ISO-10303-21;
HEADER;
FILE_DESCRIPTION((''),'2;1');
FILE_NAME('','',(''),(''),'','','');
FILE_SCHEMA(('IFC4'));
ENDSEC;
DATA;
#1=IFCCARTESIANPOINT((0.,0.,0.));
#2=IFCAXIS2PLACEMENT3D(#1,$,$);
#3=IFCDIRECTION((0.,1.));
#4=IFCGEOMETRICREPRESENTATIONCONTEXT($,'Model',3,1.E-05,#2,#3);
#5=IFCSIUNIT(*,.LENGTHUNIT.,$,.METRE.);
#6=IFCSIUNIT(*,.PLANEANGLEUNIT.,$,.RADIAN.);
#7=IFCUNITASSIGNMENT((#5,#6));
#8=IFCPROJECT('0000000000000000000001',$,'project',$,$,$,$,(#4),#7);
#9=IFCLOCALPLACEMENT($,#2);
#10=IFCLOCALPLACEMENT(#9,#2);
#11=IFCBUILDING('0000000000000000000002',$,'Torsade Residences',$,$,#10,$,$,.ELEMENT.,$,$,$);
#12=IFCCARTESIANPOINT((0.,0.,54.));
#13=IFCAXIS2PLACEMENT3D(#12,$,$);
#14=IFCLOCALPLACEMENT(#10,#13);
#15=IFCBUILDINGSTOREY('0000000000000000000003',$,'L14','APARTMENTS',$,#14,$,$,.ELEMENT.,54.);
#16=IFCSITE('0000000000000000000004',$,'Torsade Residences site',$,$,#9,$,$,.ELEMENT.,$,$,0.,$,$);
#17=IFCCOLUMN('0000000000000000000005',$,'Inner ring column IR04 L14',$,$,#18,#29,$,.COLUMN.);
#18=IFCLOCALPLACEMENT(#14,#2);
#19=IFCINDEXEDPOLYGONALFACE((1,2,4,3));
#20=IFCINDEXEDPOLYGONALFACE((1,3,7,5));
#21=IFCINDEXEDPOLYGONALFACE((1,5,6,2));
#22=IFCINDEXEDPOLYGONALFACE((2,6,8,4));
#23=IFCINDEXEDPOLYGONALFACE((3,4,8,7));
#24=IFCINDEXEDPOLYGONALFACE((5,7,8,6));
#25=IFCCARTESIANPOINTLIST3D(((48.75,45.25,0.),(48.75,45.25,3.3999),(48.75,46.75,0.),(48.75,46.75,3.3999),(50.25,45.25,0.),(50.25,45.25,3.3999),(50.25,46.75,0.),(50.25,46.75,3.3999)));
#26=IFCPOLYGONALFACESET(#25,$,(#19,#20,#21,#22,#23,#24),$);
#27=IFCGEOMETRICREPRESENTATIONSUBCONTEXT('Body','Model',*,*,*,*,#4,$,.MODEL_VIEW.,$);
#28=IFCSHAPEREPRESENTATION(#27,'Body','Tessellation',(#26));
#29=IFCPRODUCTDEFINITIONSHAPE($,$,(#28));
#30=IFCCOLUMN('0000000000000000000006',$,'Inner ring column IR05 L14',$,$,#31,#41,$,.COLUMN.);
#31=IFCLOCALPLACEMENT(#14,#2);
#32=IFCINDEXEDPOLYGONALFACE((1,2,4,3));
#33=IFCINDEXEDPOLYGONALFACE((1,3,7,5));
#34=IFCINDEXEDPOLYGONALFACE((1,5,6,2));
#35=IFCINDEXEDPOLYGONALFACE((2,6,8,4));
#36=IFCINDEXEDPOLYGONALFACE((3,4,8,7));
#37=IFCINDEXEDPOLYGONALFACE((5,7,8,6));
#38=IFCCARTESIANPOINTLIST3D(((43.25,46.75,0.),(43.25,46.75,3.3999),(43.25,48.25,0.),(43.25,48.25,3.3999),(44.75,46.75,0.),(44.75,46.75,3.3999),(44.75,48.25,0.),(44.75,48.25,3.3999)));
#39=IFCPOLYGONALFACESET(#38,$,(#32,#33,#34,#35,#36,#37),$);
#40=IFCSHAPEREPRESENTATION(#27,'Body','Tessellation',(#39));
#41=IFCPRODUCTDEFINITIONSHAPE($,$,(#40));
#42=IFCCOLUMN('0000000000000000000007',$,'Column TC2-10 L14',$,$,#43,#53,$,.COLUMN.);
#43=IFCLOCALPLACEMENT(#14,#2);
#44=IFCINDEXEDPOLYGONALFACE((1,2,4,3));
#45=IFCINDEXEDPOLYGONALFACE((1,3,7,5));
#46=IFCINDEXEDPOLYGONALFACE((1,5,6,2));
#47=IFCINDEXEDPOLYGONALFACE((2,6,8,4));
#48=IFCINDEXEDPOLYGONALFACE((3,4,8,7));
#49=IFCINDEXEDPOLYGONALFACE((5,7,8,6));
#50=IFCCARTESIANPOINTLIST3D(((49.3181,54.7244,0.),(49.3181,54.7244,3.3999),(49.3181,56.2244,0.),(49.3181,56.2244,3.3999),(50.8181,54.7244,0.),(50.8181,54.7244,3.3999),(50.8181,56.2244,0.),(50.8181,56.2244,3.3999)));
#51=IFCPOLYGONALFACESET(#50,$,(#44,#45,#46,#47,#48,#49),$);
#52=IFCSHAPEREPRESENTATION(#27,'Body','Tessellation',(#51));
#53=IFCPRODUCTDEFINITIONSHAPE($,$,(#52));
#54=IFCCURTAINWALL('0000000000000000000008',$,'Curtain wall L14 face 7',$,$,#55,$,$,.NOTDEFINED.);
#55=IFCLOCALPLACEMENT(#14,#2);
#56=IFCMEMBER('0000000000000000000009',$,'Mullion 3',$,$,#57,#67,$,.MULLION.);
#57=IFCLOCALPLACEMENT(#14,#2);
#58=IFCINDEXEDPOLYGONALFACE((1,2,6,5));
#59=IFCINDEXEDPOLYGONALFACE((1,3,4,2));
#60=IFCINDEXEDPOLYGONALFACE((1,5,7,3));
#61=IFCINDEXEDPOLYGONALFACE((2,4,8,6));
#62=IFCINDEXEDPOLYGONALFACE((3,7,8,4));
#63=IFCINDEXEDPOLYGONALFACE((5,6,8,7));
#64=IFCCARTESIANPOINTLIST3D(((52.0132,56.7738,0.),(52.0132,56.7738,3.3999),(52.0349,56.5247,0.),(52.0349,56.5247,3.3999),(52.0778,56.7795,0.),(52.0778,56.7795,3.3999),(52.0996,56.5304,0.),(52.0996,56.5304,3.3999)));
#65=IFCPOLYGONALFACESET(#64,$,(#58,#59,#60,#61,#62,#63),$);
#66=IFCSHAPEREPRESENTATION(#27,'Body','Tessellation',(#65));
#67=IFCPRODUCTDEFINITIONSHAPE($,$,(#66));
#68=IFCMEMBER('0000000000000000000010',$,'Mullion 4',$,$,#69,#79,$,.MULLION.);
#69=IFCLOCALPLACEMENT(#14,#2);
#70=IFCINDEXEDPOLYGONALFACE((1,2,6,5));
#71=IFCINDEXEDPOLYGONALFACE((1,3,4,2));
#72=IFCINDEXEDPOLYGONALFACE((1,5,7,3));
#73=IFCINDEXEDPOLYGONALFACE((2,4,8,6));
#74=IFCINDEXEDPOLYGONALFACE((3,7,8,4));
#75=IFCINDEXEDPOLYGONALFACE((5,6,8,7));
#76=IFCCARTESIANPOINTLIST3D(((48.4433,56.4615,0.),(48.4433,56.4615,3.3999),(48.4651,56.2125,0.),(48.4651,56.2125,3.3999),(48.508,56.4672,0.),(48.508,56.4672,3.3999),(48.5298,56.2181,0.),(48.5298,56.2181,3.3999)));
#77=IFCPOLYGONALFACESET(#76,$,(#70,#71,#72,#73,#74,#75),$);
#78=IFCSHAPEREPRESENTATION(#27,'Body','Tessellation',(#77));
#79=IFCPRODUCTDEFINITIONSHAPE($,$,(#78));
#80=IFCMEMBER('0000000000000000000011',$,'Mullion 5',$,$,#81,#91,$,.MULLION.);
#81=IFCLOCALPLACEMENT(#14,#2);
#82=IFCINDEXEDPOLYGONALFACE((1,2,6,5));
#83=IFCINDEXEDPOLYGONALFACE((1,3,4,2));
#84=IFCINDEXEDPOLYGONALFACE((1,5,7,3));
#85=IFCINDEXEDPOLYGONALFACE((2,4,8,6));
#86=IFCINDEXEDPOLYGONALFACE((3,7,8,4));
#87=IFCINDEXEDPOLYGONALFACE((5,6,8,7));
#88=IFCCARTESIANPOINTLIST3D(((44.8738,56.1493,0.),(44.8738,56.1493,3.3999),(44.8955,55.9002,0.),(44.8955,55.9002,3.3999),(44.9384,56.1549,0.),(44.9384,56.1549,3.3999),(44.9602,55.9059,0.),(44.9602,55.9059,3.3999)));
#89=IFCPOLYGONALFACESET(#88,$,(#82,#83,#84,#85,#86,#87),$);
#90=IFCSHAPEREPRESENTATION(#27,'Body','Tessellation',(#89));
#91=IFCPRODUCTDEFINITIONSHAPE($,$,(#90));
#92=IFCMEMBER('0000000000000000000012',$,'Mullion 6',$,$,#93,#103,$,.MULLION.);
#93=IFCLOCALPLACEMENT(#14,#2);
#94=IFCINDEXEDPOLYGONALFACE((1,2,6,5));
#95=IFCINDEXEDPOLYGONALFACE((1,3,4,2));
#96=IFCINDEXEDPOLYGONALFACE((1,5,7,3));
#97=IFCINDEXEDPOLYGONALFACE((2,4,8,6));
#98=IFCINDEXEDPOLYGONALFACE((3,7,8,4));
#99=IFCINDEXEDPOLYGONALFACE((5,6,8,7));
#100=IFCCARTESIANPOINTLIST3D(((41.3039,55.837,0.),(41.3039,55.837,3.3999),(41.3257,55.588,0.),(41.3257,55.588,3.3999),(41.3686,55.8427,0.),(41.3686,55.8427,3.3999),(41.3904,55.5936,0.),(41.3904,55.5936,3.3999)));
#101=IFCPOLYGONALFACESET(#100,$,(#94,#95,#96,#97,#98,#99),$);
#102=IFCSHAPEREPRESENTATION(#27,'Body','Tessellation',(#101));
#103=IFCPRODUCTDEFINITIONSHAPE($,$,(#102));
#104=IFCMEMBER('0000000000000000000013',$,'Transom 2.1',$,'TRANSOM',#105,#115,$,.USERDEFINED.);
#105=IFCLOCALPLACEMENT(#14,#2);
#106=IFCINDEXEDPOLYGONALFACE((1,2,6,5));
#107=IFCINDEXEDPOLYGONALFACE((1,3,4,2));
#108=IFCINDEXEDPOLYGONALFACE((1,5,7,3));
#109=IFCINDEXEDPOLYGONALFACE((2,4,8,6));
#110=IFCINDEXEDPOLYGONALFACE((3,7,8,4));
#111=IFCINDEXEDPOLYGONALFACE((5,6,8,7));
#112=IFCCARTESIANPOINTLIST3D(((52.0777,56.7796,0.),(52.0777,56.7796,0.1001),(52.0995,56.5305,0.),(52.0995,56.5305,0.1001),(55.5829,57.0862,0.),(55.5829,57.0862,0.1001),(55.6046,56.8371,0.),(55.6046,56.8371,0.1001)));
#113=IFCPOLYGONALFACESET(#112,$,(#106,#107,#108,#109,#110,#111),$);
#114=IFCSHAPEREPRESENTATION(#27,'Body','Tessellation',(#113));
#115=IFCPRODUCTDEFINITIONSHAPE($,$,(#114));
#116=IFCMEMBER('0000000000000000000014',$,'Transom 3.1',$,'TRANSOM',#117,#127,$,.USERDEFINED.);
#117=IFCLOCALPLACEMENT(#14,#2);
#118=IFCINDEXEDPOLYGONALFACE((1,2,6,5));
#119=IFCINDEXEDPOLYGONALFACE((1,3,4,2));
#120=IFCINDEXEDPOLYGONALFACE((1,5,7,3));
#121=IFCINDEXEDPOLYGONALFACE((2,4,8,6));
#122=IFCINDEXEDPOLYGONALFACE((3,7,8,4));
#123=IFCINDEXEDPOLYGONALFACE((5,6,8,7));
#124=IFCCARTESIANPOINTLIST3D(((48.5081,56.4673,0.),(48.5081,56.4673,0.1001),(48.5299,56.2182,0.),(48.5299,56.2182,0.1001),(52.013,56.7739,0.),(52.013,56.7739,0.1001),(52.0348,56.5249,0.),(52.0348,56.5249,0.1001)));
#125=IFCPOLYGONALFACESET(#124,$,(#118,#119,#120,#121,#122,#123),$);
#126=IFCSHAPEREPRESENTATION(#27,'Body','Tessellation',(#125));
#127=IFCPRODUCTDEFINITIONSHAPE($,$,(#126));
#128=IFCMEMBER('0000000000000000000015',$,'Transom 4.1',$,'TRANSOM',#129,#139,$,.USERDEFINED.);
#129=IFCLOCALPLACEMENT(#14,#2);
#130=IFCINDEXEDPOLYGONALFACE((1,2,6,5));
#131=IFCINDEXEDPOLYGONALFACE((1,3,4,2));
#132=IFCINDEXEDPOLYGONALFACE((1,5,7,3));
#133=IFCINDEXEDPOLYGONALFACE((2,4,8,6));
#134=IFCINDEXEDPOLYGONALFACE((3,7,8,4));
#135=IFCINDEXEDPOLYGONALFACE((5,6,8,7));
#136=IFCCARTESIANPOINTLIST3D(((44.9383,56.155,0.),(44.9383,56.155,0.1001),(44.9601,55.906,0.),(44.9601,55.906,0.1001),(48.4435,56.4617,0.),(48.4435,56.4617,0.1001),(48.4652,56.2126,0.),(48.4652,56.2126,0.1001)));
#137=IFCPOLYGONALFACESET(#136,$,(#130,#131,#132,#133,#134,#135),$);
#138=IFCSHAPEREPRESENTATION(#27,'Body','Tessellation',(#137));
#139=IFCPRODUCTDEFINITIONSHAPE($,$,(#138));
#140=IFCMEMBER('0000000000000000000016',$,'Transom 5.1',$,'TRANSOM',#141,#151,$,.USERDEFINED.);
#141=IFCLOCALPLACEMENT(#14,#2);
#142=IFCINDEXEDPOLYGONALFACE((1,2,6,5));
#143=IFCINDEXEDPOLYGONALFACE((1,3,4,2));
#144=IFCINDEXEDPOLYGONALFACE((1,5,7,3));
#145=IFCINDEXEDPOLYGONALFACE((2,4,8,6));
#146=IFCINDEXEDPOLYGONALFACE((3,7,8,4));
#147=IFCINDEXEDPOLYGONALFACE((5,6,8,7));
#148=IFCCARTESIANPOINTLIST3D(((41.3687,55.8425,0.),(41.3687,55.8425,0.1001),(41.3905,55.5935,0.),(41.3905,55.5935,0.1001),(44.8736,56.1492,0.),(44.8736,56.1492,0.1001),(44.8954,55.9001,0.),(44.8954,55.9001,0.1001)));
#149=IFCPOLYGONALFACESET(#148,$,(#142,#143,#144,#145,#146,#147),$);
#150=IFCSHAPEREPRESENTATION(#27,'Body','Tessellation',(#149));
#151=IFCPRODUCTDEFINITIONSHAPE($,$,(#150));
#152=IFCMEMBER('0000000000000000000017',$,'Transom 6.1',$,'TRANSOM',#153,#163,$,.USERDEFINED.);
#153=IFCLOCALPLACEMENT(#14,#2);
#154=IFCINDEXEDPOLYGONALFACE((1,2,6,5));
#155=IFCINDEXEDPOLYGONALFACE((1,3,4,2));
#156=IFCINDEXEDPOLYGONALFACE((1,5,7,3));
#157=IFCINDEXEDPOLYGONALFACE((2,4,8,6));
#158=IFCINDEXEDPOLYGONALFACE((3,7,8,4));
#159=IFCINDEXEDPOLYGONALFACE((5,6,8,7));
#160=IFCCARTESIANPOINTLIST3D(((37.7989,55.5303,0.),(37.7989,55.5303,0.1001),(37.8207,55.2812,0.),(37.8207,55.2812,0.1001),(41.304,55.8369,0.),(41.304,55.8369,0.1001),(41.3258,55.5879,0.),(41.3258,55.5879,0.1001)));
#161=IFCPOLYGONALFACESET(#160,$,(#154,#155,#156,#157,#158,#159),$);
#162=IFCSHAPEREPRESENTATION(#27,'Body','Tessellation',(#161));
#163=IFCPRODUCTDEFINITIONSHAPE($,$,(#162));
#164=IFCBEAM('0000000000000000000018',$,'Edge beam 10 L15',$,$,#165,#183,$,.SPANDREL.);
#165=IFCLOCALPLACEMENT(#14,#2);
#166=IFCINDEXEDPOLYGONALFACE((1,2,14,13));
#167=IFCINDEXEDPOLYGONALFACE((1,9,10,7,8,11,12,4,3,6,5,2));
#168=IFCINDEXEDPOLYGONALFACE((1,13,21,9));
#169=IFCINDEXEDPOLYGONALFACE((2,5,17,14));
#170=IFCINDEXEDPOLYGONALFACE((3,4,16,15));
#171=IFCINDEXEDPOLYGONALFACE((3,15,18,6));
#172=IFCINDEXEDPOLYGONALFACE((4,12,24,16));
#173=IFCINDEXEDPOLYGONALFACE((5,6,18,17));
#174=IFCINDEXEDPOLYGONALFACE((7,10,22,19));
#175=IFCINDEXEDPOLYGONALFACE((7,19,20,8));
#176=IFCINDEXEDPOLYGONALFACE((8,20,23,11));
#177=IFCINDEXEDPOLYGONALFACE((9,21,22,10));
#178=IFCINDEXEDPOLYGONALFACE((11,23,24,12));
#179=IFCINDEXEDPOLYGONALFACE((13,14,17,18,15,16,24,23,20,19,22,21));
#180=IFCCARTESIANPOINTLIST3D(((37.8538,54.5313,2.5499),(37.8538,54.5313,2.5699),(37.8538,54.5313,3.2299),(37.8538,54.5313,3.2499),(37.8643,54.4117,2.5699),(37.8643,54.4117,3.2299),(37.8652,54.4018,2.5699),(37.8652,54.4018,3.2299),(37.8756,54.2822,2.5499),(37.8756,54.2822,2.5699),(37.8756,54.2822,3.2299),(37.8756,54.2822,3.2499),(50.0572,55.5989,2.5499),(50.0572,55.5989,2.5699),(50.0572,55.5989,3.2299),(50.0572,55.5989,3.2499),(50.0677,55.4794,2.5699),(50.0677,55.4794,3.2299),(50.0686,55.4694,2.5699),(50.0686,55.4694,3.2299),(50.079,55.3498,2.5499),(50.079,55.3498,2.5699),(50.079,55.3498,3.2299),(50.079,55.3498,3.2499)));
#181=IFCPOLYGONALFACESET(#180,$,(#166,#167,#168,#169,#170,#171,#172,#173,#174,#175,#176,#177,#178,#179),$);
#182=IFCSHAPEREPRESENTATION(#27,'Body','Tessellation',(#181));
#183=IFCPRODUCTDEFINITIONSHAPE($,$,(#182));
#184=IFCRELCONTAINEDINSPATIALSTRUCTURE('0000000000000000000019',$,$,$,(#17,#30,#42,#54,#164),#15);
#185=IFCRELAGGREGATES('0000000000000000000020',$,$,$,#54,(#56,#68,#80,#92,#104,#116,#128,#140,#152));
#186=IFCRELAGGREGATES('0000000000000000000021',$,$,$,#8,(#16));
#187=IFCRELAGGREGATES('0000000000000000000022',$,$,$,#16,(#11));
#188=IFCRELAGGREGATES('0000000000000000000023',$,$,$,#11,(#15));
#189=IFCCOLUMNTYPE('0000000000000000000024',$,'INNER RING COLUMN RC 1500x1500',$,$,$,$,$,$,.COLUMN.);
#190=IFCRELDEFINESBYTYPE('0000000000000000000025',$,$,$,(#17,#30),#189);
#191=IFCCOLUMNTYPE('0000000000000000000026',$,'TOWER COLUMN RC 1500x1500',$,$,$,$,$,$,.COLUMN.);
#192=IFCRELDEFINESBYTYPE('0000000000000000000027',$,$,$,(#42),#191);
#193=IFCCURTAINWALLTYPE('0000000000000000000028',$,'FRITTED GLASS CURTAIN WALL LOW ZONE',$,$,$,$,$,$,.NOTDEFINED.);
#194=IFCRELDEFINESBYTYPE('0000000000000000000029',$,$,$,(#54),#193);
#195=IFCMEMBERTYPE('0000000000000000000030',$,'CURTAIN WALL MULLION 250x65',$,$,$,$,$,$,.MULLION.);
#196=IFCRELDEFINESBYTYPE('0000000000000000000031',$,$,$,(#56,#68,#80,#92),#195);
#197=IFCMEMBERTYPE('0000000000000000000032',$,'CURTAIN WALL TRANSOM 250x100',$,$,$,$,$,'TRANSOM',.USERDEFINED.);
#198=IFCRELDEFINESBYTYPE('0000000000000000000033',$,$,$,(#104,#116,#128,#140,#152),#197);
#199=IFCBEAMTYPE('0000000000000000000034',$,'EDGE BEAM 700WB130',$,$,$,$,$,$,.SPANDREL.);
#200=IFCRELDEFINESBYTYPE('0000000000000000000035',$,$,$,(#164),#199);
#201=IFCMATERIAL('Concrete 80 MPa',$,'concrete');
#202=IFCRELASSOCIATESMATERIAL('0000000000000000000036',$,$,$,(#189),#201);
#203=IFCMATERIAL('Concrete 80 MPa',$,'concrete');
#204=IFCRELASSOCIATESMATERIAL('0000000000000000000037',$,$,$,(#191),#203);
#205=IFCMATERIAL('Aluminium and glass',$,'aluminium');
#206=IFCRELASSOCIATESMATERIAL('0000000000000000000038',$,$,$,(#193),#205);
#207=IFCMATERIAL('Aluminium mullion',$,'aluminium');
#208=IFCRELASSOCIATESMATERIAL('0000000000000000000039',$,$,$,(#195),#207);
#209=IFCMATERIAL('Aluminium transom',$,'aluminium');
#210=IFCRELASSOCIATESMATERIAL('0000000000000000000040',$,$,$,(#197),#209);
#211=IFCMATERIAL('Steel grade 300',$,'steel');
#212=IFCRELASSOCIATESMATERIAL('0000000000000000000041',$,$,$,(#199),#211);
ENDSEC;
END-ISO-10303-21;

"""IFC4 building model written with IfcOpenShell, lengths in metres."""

from ifc_helpers import new_model, si_unit, direction, frame, origin, origin_2d, place, context, subcontext, project, spatial, rectangle, i_section, extrude, material, material_profile, profile_set, type_object, element, aggregate, save


model = new_model("IFC4")

# Units and contexts
model_context = context("Model", 3, precision=1e-05, world=origin(), true_north=direction((0.0, 1.0)))
body_context = subcontext(model_context, "Body", "Model", "MODEL_VIEW")
ifc_project = project(units=[si_unit("LENGTHUNIT", "METRE"), si_unit("PLANEANGLEUNIT", "RADIAN")], contexts=[model_context])

# Site, building, storey
site_placement = place(None, origin())
site = spatial("IfcSite", under=ifc_project, at=site_placement, Name="Torsade Residences site", CompositionType="ELEMENT", RefElevation=0.0)
building_placement = place(site_placement, origin())
building = spatial("IfcBuilding", under=site, at=building_placement, Name="Torsade Residences", CompositionType="ELEMENT")
storey_placement = place(building_placement, frame((0.0, 0.0, 54.0)))
storey = spatial("IfcBuildingStorey", under=building, at=storey_placement, Name="L14", Description="APARTMENTS", CompositionType="ELEMENT", Elevation=54.0)

# Columns
ifc_material_1 = material(Name="Concrete 80 MPa", Category="concrete")
ifc_material_profile_1 = material_profile(ifc_material_1, rectangle(XDim=1.5, YDim=1.5, at=origin_2d()), Name="RC 1500x1500")
ifc_profile_set_1 = profile_set([ifc_material_profile_1], Name="Concrete 80 MPa")
column_type_1 = type_object("IfcColumnType", Name="INNER RING COLUMN RC 1500x1500", PredefinedType="COLUMN", material=ifc_profile_set_1)
for number, where, z_axis, x_axis, name in (
    (1, (49.5, 46.0, 0.0), (0.0, 0.0, 1.0), (1.0, 0.0, 0.0), "Inner ring column IR04 L14"),
    (2, (44.0, 47.5, 0.0), (0.0, 0.0, 1.0), (1.0, 0.0, 0.0), "Inner ring column IR05 L14"),
):
    element("IfcColumn", number, at=place(storey_placement, frame(where, z_axis=z_axis, x_axis=x_axis)), inside=storey, type_object=column_type_1, Name=name, PredefinedType="COLUMN", context=body_context, shape_type="SweptSolid", body=[
        extrude(rectangle(XDim=1.5, YDim=1.5, at=origin_2d()), origin(), (0.0, 0.0, 1.0), 3.3999),
    ])
ifc_material_2 = material(Name="Concrete 80 MPa", Category="concrete")
ifc_material_profile_2 = material_profile(ifc_material_2, rectangle(XDim=1.5, YDim=1.5, at=origin_2d()), Name="RC 1500x1500")
ifc_profile_set_2 = profile_set([ifc_material_profile_2], Name="Concrete 80 MPa")
column_type_2 = type_object("IfcColumnType", Name="TOWER COLUMN RC 1500x1500", PredefinedType="COLUMN", material=ifc_profile_set_2)
column_placement = place(storey_placement, frame((50.0681, 55.4744, 0.0), z_axis=(0.0, 0.0, 1.0), x_axis=(1.0, 0.0, 0.0)))
element("IfcColumn", 3, at=column_placement, inside=storey, type_object=column_type_2, Name="Column TC2-10 L14", PredefinedType="COLUMN", context=body_context, shape_type="SweptSolid", body=[
    extrude(rectangle(XDim=1.5, YDim=1.5, at=origin_2d()), origin(), (0.0, 0.0, 1.0), 3.3999),
])

# Curtain wall, members
ifc_material_3 = material(Name="Aluminium and glass", Category="aluminium")
curtain_wall_type = type_object("IfcCurtainWallType", Name="FRITTED GLASS CURTAIN WALL LOW ZONE", PredefinedType="NOTDEFINED", material=ifc_material_3)
curtain_wall_placement = place(storey_placement, origin())
curtain_wall = element("IfcCurtainWall", 4, at=curtain_wall_placement, inside=storey, type_object=curtain_wall_type, Name="Curtain wall L14 face 7", PredefinedType="NOTDEFINED")
ifc_material_4 = material(Name="Aluminium mullion", Category="aluminium")
ifc_material_profile_3 = material_profile(ifc_material_4, rectangle(XDim=0.25, YDim=0.0649, at=origin_2d()), Name="CURTAIN WALL MULLION 250x65")
ifc_profile_set_3 = profile_set([ifc_material_profile_3], Name="Aluminium mullion")
member_type_1 = type_object("IfcMemberType", Name="CURTAIN WALL MULLION 250x65", PredefinedType="MULLION", material=ifc_profile_set_3)
member_1_placement = place(storey_placement, frame((52.0564, 56.6521, 0.0), z_axis=(0.0, 0.0, 1.0), x_axis=(0.087156, -0.996195, 0.0)))
member_1 = element("IfcMember", 5, at=member_1_placement, type_object=member_type_1, Name="Mullion 3", PredefinedType="MULLION", context=body_context, shape_type="SweptSolid", body=[
    extrude(rectangle(XDim=0.25, YDim=0.0649, at=origin_2d()), origin(), (0.0, 0.0, 1.0), 3.3999),
])
member_2_placement = place(storey_placement, frame((48.4866, 56.3398, 0.0), z_axis=(0.0, 0.0, 1.0), x_axis=(0.087156, -0.996195, 0.0)))
member_2 = element("IfcMember", 6, at=member_2_placement, type_object=member_type_1, Name="Mullion 4", PredefinedType="MULLION", context=body_context, shape_type="SweptSolid", body=[
    extrude(rectangle(XDim=0.25, YDim=0.0649, at=origin_2d()), origin(), (0.0, 0.0, 1.0), 3.3999),
])
member_3_placement = place(storey_placement, frame((44.917, 56.0276, 0.0), z_axis=(0.0, 0.0, 1.0), x_axis=(0.087156, -0.996195, 0.0)))
member_3 = element("IfcMember", 7, at=member_3_placement, type_object=member_type_1, Name="Mullion 5", PredefinedType="MULLION", context=body_context, shape_type="SweptSolid", body=[
    extrude(rectangle(XDim=0.25, YDim=0.0649, at=origin_2d()), origin(), (0.0, 0.0, 1.0), 3.3999),
])
member_4_placement = place(storey_placement, frame((41.3472, 55.7153, 0.0), z_axis=(0.0, 0.0, 1.0), x_axis=(0.087156, -0.996195, 0.0)))
member_4 = element("IfcMember", 8, at=member_4_placement, type_object=member_type_1, Name="Mullion 6", PredefinedType="MULLION", context=body_context, shape_type="SweptSolid", body=[
    extrude(rectangle(XDim=0.25, YDim=0.0649, at=origin_2d()), origin(), (0.0, 0.0, 1.0), 3.3999),
])
ifc_material_5 = material(Name="Aluminium transom", Category="aluminium")
ifc_material_profile_4 = material_profile(ifc_material_5, rectangle(XDim=0.25, YDim=0.1001, at=origin_2d()), Name="CURTAIN WALL TRANSOM 250x100")
ifc_profile_set_4 = profile_set([ifc_material_profile_4], Name="Aluminium transom")
member_type_2 = type_object("IfcMemberType", Name="CURTAIN WALL TRANSOM 250x100", ElementType="TRANSOM", PredefinedType="USERDEFINED", material=ifc_profile_set_4)
member_5_placement = place(storey_placement, frame((55.5938, 56.9617, 0.05), z_axis=(-0.996195, -0.087151, 0.0), x_axis=(0.087151, -0.996195, 0.0)))
member_5 = element("IfcMember", 9, at=member_5_placement, type_object=member_type_2, Name="Transom 2.1", ObjectType="TRANSOM", PredefinedType="USERDEFINED", context=body_context, shape_type="SweptSolid", body=[
    extrude(rectangle(XDim=0.25, YDim=0.1001, at=origin_2d()), origin(), (0.0, 0.0, 1.0), 3.5186),
])
member_6_placement = place(storey_placement, frame((52.0239, 56.6494, 0.05), z_axis=(-0.996195, -0.087157, 0.0), x_axis=(0.087157, -0.996195, 0.0)))
member_6 = element("IfcMember", 10, at=member_6_placement, type_object=member_type_2, Name="Transom 3.1", ObjectType="TRANSOM", PredefinedType="USERDEFINED", context=body_context, shape_type="SweptSolid", body=[
    extrude(rectangle(XDim=0.25, YDim=0.1001, at=origin_2d()), origin(), (0.0, 0.0, 1.0), 3.5183),
])
member_7_placement = place(storey_placement, frame((48.4543, 56.3372, 0.05), z_axis=(-0.996195, -0.087151, 0.0), x_axis=(0.087151, -0.996195, 0.0)))
member_7 = element("IfcMember", 11, at=member_7_placement, type_object=member_type_2, Name="Transom 4.1", ObjectType="TRANSOM", PredefinedType="USERDEFINED", context=body_context, shape_type="SweptSolid", body=[
    extrude(rectangle(XDim=0.25, YDim=0.1001, at=origin_2d()), origin(), (0.0, 0.0, 1.0), 3.5186),
])
member_8_placement = place(storey_placement, frame((44.8845, 56.0247, 0.05), z_axis=(-0.996195, -0.087157, 0.0), x_axis=(0.087157, -0.996195, 0.0)))
member_8 = element("IfcMember", 12, at=member_8_placement, type_object=member_type_2, Name="Transom 5.1", ObjectType="TRANSOM", PredefinedType="USERDEFINED", context=body_context, shape_type="SweptSolid", body=[
    extrude(rectangle(XDim=0.25, YDim=0.1001, at=origin_2d()), origin(), (0.0, 0.0, 1.0), 3.5183),
])
member_9_placement = place(storey_placement, frame((41.3149, 55.7124, 0.05), z_axis=(-0.996195, -0.087151, 0.0), x_axis=(0.087151, -0.996195, 0.0)))
member_9 = element("IfcMember", 13, at=member_9_placement, type_object=member_type_2, Name="Transom 6.1", ObjectType="TRANSOM", PredefinedType="USERDEFINED", context=body_context, shape_type="SweptSolid", body=[
    extrude(rectangle(XDim=0.25, YDim=0.1001, at=origin_2d()), origin(), (0.0, 0.0, 1.0), 3.5186),
])

# Beam
ifc_material_6 = material(Name="Steel grade 300", Category="steel")
ifc_material_profile_5 = material_profile(ifc_material_6, i_section(OverallWidth=0.25, OverallDepth=0.7, WebThickness=0.01, FlangeThickness=0.02, at=origin_2d()), Name="700WB130")
ifc_profile_set_5 = profile_set([ifc_material_profile_5], Name="Steel grade 300")
beam_type_1 = type_object("IfcBeamType", Name="EDGE BEAM 700WB130", PredefinedType="SPANDREL", material=ifc_profile_set_5)
beam_1_placement = place(storey_placement, frame((50.0681, 55.4744, 2.8999), z_axis=(-0.996195, -0.087153, 0.0), x_axis=(0.087153, -0.996195, 0.0)))
element("IfcBeam", 14, at=beam_1_placement, inside=storey, type_object=beam_type_1, Name="Edge beam 10 L15", PredefinedType="SPANDREL", context=body_context, shape_type="SweptSolid", body=[
    extrude(i_section(OverallWidth=0.25, OverallDepth=0.7, WebThickness=0.01, FlangeThickness=0.02, at=origin_2d()), origin(), (0.0, 0.0, 1.0), 12.25),
])

aggregate(curtain_wall, [member_1, member_2, member_3, member_4, member_5, member_6, member_7, member_8, member_9])

save(model, "model.ifc")
